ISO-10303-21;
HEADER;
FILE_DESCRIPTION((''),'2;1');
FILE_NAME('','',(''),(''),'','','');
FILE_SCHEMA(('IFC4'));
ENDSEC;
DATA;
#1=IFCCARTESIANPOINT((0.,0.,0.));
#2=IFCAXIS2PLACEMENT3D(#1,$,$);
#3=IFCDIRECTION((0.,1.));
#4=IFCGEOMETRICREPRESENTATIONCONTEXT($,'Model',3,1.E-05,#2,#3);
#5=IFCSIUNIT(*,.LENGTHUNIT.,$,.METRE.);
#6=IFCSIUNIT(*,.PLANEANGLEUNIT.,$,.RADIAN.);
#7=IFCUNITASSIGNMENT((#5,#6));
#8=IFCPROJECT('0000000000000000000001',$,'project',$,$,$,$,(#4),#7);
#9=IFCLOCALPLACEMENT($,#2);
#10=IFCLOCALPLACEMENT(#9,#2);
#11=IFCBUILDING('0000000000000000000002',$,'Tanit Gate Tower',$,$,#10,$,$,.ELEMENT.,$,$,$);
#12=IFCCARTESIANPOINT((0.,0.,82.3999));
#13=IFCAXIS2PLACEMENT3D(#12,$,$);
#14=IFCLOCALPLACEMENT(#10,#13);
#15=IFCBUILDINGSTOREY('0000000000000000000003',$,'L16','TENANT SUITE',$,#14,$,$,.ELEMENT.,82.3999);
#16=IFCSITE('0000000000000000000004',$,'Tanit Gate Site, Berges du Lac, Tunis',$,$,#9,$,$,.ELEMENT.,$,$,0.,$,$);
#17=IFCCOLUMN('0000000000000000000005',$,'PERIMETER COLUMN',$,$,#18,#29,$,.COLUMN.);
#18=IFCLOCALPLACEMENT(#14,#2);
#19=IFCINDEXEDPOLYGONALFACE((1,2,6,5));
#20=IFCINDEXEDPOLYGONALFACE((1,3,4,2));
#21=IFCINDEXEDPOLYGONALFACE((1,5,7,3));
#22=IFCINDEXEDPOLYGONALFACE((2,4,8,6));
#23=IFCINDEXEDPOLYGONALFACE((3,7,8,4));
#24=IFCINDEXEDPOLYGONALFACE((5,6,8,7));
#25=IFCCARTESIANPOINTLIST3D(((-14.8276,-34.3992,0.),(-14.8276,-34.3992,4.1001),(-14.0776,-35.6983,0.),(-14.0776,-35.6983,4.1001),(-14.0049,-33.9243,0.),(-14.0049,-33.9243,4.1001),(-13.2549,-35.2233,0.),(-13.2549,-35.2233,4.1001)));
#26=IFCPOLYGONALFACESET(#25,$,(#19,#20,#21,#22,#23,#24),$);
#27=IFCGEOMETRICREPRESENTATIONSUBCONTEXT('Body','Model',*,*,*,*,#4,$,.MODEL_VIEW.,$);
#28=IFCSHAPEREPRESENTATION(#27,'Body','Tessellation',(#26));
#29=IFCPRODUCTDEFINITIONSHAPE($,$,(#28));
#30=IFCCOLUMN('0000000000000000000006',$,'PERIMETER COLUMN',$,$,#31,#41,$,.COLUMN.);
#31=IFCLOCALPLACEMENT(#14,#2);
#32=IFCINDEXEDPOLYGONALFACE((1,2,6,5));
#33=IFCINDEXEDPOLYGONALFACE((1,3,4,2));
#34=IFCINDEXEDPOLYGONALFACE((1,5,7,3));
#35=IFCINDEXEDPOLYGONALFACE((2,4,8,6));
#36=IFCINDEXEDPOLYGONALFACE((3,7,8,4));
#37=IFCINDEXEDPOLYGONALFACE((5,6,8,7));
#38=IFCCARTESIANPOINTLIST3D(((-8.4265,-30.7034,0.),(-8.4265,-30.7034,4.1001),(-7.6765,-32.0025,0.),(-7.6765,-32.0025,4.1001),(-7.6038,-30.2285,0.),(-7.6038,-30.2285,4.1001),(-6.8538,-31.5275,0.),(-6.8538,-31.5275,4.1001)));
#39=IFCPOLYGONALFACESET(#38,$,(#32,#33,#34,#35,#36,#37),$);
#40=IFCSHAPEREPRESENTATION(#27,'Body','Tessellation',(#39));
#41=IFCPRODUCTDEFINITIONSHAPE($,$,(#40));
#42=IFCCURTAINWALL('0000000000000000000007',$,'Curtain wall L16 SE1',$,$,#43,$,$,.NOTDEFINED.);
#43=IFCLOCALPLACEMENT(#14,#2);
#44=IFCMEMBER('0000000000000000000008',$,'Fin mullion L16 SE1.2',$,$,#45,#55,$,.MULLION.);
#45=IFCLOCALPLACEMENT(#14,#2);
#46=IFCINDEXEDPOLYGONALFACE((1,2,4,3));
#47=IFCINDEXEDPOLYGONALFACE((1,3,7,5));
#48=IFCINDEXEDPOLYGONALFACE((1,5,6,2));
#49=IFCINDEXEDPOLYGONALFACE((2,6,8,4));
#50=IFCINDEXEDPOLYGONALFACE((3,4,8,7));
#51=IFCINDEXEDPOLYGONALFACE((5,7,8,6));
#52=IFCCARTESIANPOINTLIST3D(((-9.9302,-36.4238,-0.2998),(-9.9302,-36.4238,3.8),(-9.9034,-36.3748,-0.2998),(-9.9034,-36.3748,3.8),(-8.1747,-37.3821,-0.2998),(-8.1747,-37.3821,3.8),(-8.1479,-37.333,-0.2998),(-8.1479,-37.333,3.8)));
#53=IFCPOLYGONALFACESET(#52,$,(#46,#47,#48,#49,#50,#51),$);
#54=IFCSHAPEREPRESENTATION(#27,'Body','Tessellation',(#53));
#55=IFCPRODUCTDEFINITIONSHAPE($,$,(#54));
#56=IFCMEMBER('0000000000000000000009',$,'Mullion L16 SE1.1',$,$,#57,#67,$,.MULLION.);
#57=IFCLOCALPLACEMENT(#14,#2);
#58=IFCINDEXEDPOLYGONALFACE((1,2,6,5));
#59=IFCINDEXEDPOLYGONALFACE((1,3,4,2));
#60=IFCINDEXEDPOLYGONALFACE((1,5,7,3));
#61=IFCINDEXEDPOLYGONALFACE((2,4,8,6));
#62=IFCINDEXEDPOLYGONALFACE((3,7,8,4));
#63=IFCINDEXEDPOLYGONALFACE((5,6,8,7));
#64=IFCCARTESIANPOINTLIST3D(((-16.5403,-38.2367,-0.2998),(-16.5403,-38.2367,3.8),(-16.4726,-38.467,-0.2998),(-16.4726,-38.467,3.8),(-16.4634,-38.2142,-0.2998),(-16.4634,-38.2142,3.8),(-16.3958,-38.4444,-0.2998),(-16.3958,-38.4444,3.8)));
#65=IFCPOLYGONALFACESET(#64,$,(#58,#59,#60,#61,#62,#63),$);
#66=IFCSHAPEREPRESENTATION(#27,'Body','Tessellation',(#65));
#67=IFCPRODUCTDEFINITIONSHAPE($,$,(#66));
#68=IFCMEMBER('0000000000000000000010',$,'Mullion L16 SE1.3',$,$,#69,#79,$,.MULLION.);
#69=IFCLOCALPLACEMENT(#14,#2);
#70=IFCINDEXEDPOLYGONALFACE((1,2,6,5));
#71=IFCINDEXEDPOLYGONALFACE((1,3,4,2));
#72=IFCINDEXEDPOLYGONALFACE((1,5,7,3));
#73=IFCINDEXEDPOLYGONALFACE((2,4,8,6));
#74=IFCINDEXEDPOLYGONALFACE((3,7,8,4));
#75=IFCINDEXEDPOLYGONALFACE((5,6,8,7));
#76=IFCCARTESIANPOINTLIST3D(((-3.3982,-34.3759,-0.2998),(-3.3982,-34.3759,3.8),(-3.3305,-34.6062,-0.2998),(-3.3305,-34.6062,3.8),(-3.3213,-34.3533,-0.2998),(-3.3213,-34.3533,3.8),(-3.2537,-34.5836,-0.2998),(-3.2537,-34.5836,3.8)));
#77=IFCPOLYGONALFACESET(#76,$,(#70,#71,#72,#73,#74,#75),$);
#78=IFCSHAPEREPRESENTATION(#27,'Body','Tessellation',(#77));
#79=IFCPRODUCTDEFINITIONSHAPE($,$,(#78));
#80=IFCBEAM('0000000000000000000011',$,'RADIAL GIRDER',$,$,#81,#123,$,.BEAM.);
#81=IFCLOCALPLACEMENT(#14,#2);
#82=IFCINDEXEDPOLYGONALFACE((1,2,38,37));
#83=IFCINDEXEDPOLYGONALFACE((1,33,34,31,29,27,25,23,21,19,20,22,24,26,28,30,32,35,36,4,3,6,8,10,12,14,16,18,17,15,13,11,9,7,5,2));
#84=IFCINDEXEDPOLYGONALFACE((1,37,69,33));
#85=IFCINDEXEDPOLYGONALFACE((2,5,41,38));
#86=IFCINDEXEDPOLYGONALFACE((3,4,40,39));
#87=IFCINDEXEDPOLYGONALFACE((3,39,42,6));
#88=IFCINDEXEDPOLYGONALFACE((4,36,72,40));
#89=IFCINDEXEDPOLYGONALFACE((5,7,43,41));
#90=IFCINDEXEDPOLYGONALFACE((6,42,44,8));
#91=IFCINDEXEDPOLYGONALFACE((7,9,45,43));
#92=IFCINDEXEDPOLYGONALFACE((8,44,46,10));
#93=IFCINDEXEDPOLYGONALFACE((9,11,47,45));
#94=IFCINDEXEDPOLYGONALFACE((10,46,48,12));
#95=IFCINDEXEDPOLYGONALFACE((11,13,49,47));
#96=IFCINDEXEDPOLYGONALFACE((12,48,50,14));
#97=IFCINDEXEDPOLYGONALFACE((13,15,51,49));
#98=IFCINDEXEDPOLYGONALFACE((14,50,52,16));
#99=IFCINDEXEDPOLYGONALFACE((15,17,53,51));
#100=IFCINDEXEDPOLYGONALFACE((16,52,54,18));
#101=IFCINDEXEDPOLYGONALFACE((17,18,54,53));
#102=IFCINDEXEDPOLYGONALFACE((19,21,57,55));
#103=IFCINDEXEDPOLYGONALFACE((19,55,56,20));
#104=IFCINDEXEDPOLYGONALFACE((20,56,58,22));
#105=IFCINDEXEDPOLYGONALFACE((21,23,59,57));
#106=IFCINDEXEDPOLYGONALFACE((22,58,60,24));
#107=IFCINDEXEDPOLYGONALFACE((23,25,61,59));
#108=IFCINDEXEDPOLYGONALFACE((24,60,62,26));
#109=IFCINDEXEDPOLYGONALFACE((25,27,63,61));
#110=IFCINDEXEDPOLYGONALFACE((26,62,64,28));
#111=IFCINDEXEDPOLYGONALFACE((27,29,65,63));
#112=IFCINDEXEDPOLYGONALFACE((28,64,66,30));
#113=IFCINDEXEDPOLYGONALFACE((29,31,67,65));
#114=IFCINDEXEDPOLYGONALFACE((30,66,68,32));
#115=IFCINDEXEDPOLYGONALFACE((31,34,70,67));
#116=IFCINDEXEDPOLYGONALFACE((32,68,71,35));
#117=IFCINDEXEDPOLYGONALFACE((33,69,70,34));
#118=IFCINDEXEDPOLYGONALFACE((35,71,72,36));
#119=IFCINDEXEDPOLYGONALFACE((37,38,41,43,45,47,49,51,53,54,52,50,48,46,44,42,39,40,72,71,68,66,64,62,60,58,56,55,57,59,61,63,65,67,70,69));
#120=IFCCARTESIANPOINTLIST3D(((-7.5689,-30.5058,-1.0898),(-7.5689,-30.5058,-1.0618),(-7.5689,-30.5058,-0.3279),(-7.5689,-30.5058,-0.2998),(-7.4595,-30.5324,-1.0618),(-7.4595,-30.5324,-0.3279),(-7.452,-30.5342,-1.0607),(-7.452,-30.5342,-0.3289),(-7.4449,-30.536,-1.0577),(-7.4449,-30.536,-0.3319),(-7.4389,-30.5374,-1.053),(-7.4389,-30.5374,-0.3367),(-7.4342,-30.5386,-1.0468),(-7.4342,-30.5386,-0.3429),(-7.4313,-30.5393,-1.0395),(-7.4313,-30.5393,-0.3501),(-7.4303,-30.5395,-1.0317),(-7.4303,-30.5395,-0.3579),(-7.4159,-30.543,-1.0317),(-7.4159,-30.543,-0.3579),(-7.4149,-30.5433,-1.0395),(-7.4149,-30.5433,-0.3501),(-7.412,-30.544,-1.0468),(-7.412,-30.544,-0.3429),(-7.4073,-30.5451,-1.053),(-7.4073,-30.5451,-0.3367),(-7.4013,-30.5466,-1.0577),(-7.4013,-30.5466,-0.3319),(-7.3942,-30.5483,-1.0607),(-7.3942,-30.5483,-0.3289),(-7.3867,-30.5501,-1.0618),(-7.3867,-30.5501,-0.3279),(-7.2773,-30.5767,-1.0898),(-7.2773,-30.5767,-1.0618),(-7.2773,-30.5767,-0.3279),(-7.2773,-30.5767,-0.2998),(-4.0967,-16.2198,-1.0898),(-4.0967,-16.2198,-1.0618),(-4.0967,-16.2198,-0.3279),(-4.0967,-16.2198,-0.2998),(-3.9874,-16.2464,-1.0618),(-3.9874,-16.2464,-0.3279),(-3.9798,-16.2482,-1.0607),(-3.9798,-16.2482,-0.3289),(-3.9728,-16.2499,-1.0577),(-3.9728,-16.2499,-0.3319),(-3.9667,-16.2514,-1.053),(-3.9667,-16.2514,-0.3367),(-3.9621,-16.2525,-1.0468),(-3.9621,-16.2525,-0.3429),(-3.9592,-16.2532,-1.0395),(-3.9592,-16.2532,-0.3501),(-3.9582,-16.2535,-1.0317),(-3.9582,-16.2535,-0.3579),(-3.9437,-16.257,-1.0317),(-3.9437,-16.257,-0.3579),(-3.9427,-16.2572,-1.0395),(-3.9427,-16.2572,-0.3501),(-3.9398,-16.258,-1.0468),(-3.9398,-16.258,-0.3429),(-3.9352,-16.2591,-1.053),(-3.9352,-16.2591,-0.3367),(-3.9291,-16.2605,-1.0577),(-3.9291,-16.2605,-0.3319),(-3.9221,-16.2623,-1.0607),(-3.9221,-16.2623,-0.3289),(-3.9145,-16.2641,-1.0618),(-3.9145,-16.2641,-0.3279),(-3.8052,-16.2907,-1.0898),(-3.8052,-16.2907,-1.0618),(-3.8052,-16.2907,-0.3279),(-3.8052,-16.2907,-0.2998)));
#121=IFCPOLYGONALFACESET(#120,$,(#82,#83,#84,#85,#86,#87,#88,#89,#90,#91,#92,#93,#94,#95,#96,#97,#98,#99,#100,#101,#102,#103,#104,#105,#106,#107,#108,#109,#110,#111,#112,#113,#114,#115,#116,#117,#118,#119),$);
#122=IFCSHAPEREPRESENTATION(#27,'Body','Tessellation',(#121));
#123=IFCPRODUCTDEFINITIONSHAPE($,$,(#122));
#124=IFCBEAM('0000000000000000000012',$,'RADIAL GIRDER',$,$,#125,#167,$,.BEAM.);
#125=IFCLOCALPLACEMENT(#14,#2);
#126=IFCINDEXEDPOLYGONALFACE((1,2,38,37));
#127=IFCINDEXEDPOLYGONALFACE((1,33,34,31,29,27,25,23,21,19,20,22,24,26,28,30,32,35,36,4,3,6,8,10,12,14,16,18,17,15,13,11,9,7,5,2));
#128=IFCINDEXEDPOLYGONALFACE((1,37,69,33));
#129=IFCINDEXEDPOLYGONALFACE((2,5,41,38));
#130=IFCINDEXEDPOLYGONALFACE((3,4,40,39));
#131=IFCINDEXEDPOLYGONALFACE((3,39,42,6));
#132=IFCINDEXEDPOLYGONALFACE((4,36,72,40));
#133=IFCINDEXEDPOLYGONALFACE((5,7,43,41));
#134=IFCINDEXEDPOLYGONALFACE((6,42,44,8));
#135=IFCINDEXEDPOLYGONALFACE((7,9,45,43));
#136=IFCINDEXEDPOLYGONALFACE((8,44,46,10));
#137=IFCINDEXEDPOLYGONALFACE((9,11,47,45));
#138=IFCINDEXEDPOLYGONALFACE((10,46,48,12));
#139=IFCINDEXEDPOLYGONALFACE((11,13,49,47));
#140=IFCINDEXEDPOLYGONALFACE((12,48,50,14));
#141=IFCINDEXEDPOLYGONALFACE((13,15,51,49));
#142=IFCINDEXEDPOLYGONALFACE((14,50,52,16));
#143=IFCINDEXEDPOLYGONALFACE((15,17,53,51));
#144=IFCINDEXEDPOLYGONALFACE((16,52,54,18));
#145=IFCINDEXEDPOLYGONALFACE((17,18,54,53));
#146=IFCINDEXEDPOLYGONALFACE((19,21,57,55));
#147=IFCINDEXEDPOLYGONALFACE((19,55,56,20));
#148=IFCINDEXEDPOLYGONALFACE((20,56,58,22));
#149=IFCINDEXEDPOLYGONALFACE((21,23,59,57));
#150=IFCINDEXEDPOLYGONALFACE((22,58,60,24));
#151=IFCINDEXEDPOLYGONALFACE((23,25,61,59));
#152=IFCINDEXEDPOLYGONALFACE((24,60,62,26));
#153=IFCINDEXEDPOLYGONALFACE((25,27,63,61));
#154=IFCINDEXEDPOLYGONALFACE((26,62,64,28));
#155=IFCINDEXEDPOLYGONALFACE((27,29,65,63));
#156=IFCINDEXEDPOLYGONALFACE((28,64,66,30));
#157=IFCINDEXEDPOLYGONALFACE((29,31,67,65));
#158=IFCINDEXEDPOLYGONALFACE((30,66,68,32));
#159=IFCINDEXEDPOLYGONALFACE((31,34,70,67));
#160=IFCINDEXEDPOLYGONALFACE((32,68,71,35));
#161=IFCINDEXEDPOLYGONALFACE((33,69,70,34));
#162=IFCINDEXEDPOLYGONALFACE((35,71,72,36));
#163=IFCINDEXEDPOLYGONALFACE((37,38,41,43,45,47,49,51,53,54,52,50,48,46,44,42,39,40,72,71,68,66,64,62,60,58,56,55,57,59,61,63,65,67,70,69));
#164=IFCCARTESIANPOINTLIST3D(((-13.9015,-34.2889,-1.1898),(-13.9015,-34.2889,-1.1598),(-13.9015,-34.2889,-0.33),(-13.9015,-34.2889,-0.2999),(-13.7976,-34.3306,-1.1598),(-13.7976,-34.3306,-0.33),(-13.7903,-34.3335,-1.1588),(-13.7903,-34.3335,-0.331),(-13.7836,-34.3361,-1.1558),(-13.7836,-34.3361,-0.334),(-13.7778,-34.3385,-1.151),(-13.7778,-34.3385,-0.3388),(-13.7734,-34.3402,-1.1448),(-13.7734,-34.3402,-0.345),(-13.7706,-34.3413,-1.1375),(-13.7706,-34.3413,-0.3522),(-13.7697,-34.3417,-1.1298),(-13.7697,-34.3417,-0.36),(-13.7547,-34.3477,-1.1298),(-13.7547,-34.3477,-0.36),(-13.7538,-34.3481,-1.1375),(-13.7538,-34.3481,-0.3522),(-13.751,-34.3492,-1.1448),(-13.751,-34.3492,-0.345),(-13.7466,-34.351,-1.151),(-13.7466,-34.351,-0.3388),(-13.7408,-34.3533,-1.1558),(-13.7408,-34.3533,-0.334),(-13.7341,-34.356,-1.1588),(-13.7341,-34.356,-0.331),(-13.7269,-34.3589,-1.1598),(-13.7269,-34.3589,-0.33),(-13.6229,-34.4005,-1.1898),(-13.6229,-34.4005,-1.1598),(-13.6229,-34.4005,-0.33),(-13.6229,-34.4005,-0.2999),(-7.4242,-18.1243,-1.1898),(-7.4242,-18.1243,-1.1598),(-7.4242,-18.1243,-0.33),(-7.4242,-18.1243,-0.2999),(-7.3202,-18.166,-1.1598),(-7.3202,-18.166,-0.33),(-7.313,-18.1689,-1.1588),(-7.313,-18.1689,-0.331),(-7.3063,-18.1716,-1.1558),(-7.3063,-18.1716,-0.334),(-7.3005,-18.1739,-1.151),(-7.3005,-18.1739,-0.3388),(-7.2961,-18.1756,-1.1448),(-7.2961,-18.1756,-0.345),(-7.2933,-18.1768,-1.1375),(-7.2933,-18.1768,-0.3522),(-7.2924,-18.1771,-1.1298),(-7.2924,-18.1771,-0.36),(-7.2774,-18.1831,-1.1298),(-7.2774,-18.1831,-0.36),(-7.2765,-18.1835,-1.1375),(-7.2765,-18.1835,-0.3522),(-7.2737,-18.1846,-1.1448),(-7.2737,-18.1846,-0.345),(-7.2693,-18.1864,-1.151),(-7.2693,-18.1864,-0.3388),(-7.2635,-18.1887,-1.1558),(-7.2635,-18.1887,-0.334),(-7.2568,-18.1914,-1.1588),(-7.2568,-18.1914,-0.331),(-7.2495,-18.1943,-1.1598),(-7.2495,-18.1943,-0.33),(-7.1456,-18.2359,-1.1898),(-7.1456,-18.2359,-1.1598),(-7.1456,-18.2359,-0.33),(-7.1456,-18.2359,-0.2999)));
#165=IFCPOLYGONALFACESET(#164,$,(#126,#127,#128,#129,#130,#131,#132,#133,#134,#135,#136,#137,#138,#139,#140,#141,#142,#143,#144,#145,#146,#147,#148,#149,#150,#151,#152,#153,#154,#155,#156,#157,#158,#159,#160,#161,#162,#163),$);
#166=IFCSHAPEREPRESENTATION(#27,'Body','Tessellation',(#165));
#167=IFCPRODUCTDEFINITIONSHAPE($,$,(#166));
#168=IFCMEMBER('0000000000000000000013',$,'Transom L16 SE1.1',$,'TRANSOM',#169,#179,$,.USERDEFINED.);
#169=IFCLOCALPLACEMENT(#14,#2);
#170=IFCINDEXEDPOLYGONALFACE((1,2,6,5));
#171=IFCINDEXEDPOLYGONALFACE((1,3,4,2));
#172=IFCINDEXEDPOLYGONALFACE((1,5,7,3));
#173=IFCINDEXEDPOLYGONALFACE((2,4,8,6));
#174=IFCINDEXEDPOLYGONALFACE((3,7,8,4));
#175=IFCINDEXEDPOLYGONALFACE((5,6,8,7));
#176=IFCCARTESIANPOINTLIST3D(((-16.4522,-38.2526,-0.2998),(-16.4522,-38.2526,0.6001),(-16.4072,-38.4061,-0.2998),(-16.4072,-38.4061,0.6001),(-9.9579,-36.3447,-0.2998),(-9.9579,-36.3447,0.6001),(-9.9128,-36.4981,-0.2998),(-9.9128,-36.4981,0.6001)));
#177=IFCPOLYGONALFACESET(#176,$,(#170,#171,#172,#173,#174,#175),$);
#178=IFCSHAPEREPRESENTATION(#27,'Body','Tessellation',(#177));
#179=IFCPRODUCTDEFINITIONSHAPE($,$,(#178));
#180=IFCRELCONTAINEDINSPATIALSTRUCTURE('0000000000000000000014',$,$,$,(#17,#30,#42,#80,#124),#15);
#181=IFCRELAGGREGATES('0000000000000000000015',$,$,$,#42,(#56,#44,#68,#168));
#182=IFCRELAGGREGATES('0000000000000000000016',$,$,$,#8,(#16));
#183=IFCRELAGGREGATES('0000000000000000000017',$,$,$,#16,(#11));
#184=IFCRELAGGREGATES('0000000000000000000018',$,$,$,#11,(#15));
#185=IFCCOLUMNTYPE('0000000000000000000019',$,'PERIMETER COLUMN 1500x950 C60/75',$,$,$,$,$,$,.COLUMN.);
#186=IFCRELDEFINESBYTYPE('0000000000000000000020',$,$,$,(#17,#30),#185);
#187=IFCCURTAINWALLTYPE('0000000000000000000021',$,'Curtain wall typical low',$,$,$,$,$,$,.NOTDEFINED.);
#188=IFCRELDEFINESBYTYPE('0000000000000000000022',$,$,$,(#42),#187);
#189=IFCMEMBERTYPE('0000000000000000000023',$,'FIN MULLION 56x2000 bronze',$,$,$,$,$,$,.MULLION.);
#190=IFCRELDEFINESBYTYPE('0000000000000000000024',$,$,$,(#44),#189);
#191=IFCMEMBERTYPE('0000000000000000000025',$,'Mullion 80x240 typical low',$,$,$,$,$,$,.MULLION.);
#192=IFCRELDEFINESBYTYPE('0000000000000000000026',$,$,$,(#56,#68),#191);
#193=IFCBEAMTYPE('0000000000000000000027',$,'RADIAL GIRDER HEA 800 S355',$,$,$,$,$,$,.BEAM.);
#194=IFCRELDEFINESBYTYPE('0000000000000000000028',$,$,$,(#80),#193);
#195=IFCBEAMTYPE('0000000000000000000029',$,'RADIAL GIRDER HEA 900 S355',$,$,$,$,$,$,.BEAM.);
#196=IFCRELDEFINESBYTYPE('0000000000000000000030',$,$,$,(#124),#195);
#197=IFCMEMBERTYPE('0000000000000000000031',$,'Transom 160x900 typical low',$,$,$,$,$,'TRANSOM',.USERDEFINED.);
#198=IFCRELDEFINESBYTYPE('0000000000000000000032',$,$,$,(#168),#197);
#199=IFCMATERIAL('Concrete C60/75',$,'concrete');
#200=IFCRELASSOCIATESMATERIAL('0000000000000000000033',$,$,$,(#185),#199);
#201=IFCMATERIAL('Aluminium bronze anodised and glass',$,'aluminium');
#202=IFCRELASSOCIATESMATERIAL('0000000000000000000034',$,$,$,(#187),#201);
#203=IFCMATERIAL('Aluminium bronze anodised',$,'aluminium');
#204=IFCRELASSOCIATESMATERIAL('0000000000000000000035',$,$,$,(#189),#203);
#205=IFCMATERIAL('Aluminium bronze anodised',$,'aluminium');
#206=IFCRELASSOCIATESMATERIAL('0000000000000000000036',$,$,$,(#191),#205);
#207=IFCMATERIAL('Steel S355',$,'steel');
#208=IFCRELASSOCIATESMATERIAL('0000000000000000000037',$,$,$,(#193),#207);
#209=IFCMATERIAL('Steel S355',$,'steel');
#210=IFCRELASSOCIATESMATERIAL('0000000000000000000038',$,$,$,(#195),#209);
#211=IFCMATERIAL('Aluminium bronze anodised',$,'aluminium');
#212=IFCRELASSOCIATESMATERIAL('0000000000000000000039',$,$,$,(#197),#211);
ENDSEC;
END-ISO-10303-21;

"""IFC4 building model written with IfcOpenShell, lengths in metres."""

from ifc_helpers import new_model, si_unit, direction, frame, origin, origin_2d, place, context, subcontext, project, spatial, rectangle, i_section, extrude, material, material_profile, profile_set, type_object, element, aggregate, save


model = new_model("IFC4")

# Units and contexts
model_context = context("Model", 3, precision=1e-05, world=origin(), true_north=direction((0.0, 1.0)))
body_context = subcontext(model_context, "Body", "Model", "MODEL_VIEW")
ifc_project = project(units=[si_unit("LENGTHUNIT", "METRE"), si_unit("PLANEANGLEUNIT", "RADIAN")], contexts=[model_context])

# Site, building, storey
site_placement = place(None, origin())
site = spatial("IfcSite", under=ifc_project, at=site_placement, Name="Tanit Gate Site, Berges du Lac, Tunis", CompositionType="ELEMENT", RefElevation=0.0)
building_placement = place(site_placement, origin())
building = spatial("IfcBuilding", under=site, at=building_placement, Name="Tanit Gate Tower", CompositionType="ELEMENT")
storey_placement = place(building_placement, frame((0.0, 0.0, 82.3999)))
storey = spatial("IfcBuildingStorey", under=building, at=storey_placement, Name="L16", Description="TENANT SUITE", CompositionType="ELEMENT", Elevation=82.3999)

# Columns
ifc_material_1 = material(Name="Concrete C60/75", Category="concrete")
ifc_material_profile_1 = material_profile(ifc_material_1, rectangle(XDim=1.5, YDim=0.95, at=origin_2d()), Name="RC 1500x950")
ifc_profile_set_1 = profile_set([ifc_material_profile_1], Name="Concrete C60/75")
column_type = type_object("IfcColumnType", Name="PERIMETER COLUMN 1500x950 C60/75", PredefinedType="COLUMN", material=ifc_profile_set_1)
for number, where, z_axis, x_axis, name in (
    (1, (-14.0413, -34.8113, 0.0), (0.0, 0.0, 1.0), (0.5, -0.866025, 0.0), "PERIMETER COLUMN"),
    (2, (-7.6401, -31.1155, 0.0), (0.0, 0.0, 1.0), (0.5, -0.866025, 0.0), "PERIMETER COLUMN"),
):
    element("IfcColumn", number, at=place(storey_placement, frame(where, z_axis=z_axis, x_axis=x_axis)), inside=storey, type_object=column_type, Name=name, PredefinedType="COLUMN", context=body_context, shape_type="SweptSolid", body=[
        extrude(rectangle(XDim=1.5, YDim=0.95, at=origin_2d()), origin(), (0.0, 0.0, 1.0), 4.1001),
    ])

# Curtain wall, members
ifc_material_2 = material(Name="Aluminium bronze anodised and glass", Category="aluminium")
curtain_wall_type = type_object("IfcCurtainWallType", Name="Curtain wall typical low", PredefinedType="NOTDEFINED", material=ifc_material_2)
curtain_wall_1_placement = place(storey_placement, origin())
curtain_wall_1 = element("IfcCurtainWall", 3, at=curtain_wall_1_placement, inside=storey, type_object=curtain_wall_type, Name="Curtain wall L16 SE1", PredefinedType="NOTDEFINED")
ifc_material_3 = material(Name="Aluminium bronze anodised", Category="aluminium")
ifc_material_profile_2 = material_profile(ifc_material_3, rectangle(XDim=2.0, YDim=0.0559, at=origin_2d()), Name="56x2000 bronze fin mullion")
ifc_profile_set_2 = profile_set([ifc_material_profile_2], Name="Aluminium bronze anodised")
member_type_1 = type_object("IfcMemberType", Name="FIN MULLION 56x2000 bronze", PredefinedType="MULLION", material=ifc_profile_set_2)
member_1_placement = place(storey_placement, frame((-9.0391, -36.8784, -0.2998), z_axis=(0.0, 0.0, 1.0), x_axis=(-0.877748, 0.479122, 0.0)))
member_1 = element("IfcMember", 4, at=member_1_placement, type_object=member_type_1, Name="Fin mullion L16 SE1.2", PredefinedType="MULLION", context=body_context, shape_type="SweptSolid", body=[
    extrude(rectangle(XDim=2.0, YDim=0.0559, at=origin_2d()), origin(), (0.0, 0.0, 1.0), 4.0999),
])
ifc_material_4 = material(Name="Aluminium bronze anodised", Category="aluminium")
ifc_material_profile_3 = material_profile(ifc_material_4, rectangle(XDim=0.24, YDim=0.0801, at=origin_2d()), Name="80x240 bronze mullion")
ifc_profile_set_3 = profile_set([ifc_material_profile_3], Name="Aluminium bronze anodised")
member_type_2 = type_object("IfcMemberType", Name="Mullion 80x240 typical low", PredefinedType="MULLION", material=ifc_profile_set_3)
member_2_placement = place(storey_placement, frame((-16.468, -38.3406, -0.2998), z_axis=(0.0, 0.0, 1.0), x_axis=(-0.281871, 0.959452, 0.0)))
member_2 = element("IfcMember", 5, at=member_2_placement, type_object=member_type_2, Name="Mullion L16 SE1.1", PredefinedType="MULLION", context=body_context, shape_type="SweptSolid", body=[
    extrude(rectangle(XDim=0.24, YDim=0.0801, at=origin_2d()), origin(), (0.0, 0.0, 1.0), 4.0999),
])
member_3_placement = place(storey_placement, frame((-3.3259, -34.4797, -0.2998), z_axis=(0.0, 0.0, 1.0), x_axis=(-0.281871, 0.959452, 0.0)))
member_3 = element("IfcMember", 6, at=member_3_placement, type_object=member_type_2, Name="Mullion L16 SE1.3", PredefinedType="MULLION", context=body_context, shape_type="SweptSolid", body=[
    extrude(rectangle(XDim=0.24, YDim=0.0801, at=origin_2d()), origin(), (0.0, 0.0, 1.0), 4.0999),
])

# Beams
ifc_material_5 = material(Name="Steel S355", Category="steel")
ifc_material_profile_4 = material_profile(ifc_material_5, i_section(OverallWidth=0.3, OverallDepth=0.79, WebThickness=0.0149, FlangeThickness=0.0281, FilletRadius=0.03, at=origin_2d()), Name="HEA 800")
ifc_profile_set_4 = profile_set([ifc_material_profile_4], Name="Steel S355")
beam_type_1 = type_object("IfcBeamType", Name="RADIAL GIRDER HEA 800 S355", PredefinedType="BEAM", material=ifc_profile_set_4)
beam_1_placement = place(storey_placement, frame((-7.4231, -30.5413, -0.6948), z_axis=(0.236169, 0.971712, 0.0), x_axis=(-0.971712, 0.236169, 0.0)))
element("IfcBeam", 7, at=beam_1_placement, inside=storey, type_object=beam_type_1, Name="RADIAL GIRDER", PredefinedType="BEAM", context=body_context, shape_type="SweptSolid", body=[
    extrude(i_section(OverallWidth=0.3, OverallDepth=0.79, WebThickness=0.0149, FlangeThickness=0.0281, FilletRadius=0.03, at=origin_2d()), origin(), (0.0, 0.0, 1.0), 14.7019),
])
ifc_material_6 = material(Name="Steel S355", Category="steel")
ifc_material_profile_5 = material_profile(ifc_material_6, i_section(OverallWidth=0.3, OverallDepth=0.8899, WebThickness=0.0161, FlangeThickness=0.03, FilletRadius=0.03, at=origin_2d()), Name="HEA 900")
ifc_profile_set_5 = profile_set([ifc_material_profile_5], Name="Steel S355")
beam_type_2 = type_object("IfcBeamType", Name="RADIAL GIRDER HEA 900 S355", PredefinedType="BEAM", material=ifc_profile_set_5)
beam_2_placement = place(storey_placement, frame((-13.7622, -34.3447, -0.7449), z_axis=(0.371959, 0.928249, 0.0), x_axis=(-0.928249, 0.371959, 0.0)))
element("IfcBeam", 8, at=beam_2_placement, inside=storey, type_object=beam_type_2, Name="RADIAL GIRDER", PredefinedType="BEAM", context=body_context, shape_type="SweptSolid", body=[
    extrude(i_section(OverallWidth=0.3, OverallDepth=0.8899, WebThickness=0.0161, FlangeThickness=0.03, FilletRadius=0.03, at=origin_2d()), origin(), (0.0, 0.0, 1.0), 17.4141),
])

# Member
ifc_material_7 = material(Name="Aluminium bronze anodised", Category="aluminium")
ifc_material_profile_6 = material_profile(ifc_material_7, rectangle(XDim=0.1599, YDim=0.8999, at=origin_2d()), Name="160x900 bronze transom")
ifc_profile_set_6 = profile_set([ifc_material_profile_6], Name="Aluminium bronze anodised")
member_type_3 = type_object("IfcMemberType", Name="Transom 160x900 typical low", ElementType="TRANSOM", PredefinedType="USERDEFINED", material=ifc_profile_set_6)
member_4_placement = place(storey_placement, frame((-16.4297, -38.3293, 0.1501), z_axis=(0.959452, 0.281873, 0.0), x_axis=(-0.281873, 0.959452, 0.0)))
member_4 = element("IfcMember", 9, at=member_4_placement, type_object=member_type_3, Name="Transom L16 SE1.1", ObjectType="TRANSOM", PredefinedType="USERDEFINED", context=body_context, shape_type="SweptSolid", body=[
    extrude(rectangle(XDim=0.1599, YDim=0.8999, at=origin_2d()), origin(), (0.0, 0.0, 1.0), 6.7688),
])

aggregate(curtain_wall_1, [member_2, member_1, member_3, member_4])

save(model, "model.ifc")
